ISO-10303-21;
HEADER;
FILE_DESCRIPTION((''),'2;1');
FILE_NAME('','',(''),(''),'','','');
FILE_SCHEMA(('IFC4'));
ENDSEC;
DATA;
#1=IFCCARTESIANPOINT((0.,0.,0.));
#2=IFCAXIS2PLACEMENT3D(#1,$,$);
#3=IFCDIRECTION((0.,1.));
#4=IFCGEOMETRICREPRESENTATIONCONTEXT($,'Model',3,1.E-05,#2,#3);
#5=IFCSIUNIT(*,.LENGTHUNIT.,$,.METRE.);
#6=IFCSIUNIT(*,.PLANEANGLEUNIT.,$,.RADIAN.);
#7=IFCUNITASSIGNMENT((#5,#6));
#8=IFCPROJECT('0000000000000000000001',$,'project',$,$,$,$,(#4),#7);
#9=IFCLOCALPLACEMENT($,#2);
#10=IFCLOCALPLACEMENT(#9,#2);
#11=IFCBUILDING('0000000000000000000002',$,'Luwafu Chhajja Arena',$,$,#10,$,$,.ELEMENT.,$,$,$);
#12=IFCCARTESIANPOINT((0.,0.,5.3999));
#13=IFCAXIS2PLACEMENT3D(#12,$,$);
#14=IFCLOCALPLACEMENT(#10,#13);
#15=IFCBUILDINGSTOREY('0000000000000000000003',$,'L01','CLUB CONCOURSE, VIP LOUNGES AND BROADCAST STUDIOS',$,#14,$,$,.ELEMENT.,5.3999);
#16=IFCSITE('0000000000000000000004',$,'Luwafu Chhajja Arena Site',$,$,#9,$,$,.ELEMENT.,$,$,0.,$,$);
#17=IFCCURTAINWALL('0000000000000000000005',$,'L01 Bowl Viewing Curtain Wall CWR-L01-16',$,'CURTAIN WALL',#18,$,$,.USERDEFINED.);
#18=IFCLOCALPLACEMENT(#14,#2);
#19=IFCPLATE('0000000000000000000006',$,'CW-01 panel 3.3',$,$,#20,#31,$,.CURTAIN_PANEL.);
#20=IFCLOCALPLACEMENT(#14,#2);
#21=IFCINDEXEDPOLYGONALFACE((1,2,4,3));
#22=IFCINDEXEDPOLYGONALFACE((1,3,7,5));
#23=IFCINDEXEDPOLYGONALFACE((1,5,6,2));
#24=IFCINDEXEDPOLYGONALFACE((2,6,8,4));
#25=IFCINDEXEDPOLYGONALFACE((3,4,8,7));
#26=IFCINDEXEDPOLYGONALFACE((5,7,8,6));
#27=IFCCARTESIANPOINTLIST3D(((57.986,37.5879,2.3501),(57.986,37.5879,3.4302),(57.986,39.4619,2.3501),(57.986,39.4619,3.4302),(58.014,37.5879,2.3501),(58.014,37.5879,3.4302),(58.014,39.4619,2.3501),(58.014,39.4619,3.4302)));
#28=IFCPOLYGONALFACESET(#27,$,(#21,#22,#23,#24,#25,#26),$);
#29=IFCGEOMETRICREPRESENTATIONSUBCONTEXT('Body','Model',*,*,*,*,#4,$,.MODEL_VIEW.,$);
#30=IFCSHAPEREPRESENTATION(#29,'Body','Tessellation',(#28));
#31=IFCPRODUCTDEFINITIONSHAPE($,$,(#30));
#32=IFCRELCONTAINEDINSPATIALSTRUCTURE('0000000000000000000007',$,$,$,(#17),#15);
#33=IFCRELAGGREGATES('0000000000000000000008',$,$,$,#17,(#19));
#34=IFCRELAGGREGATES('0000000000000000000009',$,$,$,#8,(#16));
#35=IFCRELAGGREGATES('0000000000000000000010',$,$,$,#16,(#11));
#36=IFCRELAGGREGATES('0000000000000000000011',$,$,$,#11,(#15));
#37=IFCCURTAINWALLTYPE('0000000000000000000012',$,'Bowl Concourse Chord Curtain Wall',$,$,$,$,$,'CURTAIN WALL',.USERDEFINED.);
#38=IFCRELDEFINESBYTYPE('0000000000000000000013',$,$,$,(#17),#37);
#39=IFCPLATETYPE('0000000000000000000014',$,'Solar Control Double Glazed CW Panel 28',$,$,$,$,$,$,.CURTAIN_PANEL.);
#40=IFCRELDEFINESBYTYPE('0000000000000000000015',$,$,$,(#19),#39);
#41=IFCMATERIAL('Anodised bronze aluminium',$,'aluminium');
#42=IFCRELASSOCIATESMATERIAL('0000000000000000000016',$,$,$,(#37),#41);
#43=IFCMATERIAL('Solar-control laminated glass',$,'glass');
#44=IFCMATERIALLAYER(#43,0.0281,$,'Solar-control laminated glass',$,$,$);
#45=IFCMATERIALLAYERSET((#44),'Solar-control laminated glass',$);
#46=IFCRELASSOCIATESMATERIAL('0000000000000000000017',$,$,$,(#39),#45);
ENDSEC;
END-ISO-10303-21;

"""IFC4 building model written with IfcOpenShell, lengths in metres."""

from ifc_helpers import new_model, si_unit, direction, frame, origin, origin_2d, place, context, subcontext, project, spatial, rectangle, extrude, material, layer, layer_set, type_object, element, aggregate, save


model = new_model("IFC4")

# Units and contexts
model_context = context("Model", 3, precision=1e-05, world=origin(), true_north=direction((0.0, 1.0)))
body_context = subcontext(model_context, "Body", "Model", "MODEL_VIEW")
ifc_project = project(units=[si_unit("LENGTHUNIT", "METRE"), si_unit("PLANEANGLEUNIT", "RADIAN")], contexts=[model_context])

# Site, building, storey
site_placement = place(None, origin())
site = spatial("IfcSite", under=ifc_project, at=site_placement, Name="Luwafu Chhajja Arena Site", CompositionType="ELEMENT", RefElevation=0.0)
building_placement = place(site_placement, origin())
building = spatial("IfcBuilding", under=site, at=building_placement, Name="Luwafu Chhajja Arena", CompositionType="ELEMENT")
storey_placement = place(building_placement, frame((0.0, 0.0, 5.3999)))
storey = spatial("IfcBuildingStorey", under=building, at=storey_placement, Name="L01", Description="CLUB CONCOURSE, VIP LOUNGES AND BROADCAST STUDIOS", CompositionType="ELEMENT", Elevation=5.3999)

# Shared definitions
ifc_material_1 = material(Name="Anodised bronze aluminium", Category="aluminium")
curtain_wall_type = type_object("IfcCurtainWallType", Name="Bowl Concourse Chord Curtain Wall", ElementType="CURTAIN WALL", PredefinedType="USERDEFINED", material=ifc_material_1)

# Curtain wall
curtain_wall_1_placement = place(storey_placement, origin())
curtain_wall_1 = element("IfcCurtainWall", 1, at=curtain_wall_1_placement, inside=storey, type_object=curtain_wall_type, Name="L01 Bowl Viewing Curtain Wall CWR-L01-16", ObjectType="CURTAIN WALL", PredefinedType="USERDEFINED")

# Plate
ifc_material_2 = material(Name="Solar-control laminated glass", Category="glass")
ifc_layer = layer(ifc_material_2, 0.0281, Name="Solar-control laminated glass")
ifc_layer_set = layer_set([ifc_layer], Name="Solar-control laminated glass")
plate_type = type_object("IfcPlateType", Name="Solar Control Double Glazed CW Panel 28", PredefinedType="CURTAIN_PANEL", material=ifc_layer_set)
plate_1_placement = place(storey_placement, frame((58.0, 38.5249, 2.3501), z_axis=(0.0, 0.0, 1.0), x_axis=(0.0, 1.0, 0.0)))
plate_1 = element("IfcPlate", 2, at=plate_1_placement, type_object=plate_type, Name="CW-01 panel 3.3", PredefinedType="CURTAIN_PANEL", context=body_context, shape_type="SweptSolid", body=[
    extrude(rectangle(XDim=1.874, YDim=0.0281, at=origin_2d()), origin(), (0.0, 0.0, 1.0), 1.0801),
])
aggregate(curtain_wall_1, [plate_1])

save(model, "model.ifc")
